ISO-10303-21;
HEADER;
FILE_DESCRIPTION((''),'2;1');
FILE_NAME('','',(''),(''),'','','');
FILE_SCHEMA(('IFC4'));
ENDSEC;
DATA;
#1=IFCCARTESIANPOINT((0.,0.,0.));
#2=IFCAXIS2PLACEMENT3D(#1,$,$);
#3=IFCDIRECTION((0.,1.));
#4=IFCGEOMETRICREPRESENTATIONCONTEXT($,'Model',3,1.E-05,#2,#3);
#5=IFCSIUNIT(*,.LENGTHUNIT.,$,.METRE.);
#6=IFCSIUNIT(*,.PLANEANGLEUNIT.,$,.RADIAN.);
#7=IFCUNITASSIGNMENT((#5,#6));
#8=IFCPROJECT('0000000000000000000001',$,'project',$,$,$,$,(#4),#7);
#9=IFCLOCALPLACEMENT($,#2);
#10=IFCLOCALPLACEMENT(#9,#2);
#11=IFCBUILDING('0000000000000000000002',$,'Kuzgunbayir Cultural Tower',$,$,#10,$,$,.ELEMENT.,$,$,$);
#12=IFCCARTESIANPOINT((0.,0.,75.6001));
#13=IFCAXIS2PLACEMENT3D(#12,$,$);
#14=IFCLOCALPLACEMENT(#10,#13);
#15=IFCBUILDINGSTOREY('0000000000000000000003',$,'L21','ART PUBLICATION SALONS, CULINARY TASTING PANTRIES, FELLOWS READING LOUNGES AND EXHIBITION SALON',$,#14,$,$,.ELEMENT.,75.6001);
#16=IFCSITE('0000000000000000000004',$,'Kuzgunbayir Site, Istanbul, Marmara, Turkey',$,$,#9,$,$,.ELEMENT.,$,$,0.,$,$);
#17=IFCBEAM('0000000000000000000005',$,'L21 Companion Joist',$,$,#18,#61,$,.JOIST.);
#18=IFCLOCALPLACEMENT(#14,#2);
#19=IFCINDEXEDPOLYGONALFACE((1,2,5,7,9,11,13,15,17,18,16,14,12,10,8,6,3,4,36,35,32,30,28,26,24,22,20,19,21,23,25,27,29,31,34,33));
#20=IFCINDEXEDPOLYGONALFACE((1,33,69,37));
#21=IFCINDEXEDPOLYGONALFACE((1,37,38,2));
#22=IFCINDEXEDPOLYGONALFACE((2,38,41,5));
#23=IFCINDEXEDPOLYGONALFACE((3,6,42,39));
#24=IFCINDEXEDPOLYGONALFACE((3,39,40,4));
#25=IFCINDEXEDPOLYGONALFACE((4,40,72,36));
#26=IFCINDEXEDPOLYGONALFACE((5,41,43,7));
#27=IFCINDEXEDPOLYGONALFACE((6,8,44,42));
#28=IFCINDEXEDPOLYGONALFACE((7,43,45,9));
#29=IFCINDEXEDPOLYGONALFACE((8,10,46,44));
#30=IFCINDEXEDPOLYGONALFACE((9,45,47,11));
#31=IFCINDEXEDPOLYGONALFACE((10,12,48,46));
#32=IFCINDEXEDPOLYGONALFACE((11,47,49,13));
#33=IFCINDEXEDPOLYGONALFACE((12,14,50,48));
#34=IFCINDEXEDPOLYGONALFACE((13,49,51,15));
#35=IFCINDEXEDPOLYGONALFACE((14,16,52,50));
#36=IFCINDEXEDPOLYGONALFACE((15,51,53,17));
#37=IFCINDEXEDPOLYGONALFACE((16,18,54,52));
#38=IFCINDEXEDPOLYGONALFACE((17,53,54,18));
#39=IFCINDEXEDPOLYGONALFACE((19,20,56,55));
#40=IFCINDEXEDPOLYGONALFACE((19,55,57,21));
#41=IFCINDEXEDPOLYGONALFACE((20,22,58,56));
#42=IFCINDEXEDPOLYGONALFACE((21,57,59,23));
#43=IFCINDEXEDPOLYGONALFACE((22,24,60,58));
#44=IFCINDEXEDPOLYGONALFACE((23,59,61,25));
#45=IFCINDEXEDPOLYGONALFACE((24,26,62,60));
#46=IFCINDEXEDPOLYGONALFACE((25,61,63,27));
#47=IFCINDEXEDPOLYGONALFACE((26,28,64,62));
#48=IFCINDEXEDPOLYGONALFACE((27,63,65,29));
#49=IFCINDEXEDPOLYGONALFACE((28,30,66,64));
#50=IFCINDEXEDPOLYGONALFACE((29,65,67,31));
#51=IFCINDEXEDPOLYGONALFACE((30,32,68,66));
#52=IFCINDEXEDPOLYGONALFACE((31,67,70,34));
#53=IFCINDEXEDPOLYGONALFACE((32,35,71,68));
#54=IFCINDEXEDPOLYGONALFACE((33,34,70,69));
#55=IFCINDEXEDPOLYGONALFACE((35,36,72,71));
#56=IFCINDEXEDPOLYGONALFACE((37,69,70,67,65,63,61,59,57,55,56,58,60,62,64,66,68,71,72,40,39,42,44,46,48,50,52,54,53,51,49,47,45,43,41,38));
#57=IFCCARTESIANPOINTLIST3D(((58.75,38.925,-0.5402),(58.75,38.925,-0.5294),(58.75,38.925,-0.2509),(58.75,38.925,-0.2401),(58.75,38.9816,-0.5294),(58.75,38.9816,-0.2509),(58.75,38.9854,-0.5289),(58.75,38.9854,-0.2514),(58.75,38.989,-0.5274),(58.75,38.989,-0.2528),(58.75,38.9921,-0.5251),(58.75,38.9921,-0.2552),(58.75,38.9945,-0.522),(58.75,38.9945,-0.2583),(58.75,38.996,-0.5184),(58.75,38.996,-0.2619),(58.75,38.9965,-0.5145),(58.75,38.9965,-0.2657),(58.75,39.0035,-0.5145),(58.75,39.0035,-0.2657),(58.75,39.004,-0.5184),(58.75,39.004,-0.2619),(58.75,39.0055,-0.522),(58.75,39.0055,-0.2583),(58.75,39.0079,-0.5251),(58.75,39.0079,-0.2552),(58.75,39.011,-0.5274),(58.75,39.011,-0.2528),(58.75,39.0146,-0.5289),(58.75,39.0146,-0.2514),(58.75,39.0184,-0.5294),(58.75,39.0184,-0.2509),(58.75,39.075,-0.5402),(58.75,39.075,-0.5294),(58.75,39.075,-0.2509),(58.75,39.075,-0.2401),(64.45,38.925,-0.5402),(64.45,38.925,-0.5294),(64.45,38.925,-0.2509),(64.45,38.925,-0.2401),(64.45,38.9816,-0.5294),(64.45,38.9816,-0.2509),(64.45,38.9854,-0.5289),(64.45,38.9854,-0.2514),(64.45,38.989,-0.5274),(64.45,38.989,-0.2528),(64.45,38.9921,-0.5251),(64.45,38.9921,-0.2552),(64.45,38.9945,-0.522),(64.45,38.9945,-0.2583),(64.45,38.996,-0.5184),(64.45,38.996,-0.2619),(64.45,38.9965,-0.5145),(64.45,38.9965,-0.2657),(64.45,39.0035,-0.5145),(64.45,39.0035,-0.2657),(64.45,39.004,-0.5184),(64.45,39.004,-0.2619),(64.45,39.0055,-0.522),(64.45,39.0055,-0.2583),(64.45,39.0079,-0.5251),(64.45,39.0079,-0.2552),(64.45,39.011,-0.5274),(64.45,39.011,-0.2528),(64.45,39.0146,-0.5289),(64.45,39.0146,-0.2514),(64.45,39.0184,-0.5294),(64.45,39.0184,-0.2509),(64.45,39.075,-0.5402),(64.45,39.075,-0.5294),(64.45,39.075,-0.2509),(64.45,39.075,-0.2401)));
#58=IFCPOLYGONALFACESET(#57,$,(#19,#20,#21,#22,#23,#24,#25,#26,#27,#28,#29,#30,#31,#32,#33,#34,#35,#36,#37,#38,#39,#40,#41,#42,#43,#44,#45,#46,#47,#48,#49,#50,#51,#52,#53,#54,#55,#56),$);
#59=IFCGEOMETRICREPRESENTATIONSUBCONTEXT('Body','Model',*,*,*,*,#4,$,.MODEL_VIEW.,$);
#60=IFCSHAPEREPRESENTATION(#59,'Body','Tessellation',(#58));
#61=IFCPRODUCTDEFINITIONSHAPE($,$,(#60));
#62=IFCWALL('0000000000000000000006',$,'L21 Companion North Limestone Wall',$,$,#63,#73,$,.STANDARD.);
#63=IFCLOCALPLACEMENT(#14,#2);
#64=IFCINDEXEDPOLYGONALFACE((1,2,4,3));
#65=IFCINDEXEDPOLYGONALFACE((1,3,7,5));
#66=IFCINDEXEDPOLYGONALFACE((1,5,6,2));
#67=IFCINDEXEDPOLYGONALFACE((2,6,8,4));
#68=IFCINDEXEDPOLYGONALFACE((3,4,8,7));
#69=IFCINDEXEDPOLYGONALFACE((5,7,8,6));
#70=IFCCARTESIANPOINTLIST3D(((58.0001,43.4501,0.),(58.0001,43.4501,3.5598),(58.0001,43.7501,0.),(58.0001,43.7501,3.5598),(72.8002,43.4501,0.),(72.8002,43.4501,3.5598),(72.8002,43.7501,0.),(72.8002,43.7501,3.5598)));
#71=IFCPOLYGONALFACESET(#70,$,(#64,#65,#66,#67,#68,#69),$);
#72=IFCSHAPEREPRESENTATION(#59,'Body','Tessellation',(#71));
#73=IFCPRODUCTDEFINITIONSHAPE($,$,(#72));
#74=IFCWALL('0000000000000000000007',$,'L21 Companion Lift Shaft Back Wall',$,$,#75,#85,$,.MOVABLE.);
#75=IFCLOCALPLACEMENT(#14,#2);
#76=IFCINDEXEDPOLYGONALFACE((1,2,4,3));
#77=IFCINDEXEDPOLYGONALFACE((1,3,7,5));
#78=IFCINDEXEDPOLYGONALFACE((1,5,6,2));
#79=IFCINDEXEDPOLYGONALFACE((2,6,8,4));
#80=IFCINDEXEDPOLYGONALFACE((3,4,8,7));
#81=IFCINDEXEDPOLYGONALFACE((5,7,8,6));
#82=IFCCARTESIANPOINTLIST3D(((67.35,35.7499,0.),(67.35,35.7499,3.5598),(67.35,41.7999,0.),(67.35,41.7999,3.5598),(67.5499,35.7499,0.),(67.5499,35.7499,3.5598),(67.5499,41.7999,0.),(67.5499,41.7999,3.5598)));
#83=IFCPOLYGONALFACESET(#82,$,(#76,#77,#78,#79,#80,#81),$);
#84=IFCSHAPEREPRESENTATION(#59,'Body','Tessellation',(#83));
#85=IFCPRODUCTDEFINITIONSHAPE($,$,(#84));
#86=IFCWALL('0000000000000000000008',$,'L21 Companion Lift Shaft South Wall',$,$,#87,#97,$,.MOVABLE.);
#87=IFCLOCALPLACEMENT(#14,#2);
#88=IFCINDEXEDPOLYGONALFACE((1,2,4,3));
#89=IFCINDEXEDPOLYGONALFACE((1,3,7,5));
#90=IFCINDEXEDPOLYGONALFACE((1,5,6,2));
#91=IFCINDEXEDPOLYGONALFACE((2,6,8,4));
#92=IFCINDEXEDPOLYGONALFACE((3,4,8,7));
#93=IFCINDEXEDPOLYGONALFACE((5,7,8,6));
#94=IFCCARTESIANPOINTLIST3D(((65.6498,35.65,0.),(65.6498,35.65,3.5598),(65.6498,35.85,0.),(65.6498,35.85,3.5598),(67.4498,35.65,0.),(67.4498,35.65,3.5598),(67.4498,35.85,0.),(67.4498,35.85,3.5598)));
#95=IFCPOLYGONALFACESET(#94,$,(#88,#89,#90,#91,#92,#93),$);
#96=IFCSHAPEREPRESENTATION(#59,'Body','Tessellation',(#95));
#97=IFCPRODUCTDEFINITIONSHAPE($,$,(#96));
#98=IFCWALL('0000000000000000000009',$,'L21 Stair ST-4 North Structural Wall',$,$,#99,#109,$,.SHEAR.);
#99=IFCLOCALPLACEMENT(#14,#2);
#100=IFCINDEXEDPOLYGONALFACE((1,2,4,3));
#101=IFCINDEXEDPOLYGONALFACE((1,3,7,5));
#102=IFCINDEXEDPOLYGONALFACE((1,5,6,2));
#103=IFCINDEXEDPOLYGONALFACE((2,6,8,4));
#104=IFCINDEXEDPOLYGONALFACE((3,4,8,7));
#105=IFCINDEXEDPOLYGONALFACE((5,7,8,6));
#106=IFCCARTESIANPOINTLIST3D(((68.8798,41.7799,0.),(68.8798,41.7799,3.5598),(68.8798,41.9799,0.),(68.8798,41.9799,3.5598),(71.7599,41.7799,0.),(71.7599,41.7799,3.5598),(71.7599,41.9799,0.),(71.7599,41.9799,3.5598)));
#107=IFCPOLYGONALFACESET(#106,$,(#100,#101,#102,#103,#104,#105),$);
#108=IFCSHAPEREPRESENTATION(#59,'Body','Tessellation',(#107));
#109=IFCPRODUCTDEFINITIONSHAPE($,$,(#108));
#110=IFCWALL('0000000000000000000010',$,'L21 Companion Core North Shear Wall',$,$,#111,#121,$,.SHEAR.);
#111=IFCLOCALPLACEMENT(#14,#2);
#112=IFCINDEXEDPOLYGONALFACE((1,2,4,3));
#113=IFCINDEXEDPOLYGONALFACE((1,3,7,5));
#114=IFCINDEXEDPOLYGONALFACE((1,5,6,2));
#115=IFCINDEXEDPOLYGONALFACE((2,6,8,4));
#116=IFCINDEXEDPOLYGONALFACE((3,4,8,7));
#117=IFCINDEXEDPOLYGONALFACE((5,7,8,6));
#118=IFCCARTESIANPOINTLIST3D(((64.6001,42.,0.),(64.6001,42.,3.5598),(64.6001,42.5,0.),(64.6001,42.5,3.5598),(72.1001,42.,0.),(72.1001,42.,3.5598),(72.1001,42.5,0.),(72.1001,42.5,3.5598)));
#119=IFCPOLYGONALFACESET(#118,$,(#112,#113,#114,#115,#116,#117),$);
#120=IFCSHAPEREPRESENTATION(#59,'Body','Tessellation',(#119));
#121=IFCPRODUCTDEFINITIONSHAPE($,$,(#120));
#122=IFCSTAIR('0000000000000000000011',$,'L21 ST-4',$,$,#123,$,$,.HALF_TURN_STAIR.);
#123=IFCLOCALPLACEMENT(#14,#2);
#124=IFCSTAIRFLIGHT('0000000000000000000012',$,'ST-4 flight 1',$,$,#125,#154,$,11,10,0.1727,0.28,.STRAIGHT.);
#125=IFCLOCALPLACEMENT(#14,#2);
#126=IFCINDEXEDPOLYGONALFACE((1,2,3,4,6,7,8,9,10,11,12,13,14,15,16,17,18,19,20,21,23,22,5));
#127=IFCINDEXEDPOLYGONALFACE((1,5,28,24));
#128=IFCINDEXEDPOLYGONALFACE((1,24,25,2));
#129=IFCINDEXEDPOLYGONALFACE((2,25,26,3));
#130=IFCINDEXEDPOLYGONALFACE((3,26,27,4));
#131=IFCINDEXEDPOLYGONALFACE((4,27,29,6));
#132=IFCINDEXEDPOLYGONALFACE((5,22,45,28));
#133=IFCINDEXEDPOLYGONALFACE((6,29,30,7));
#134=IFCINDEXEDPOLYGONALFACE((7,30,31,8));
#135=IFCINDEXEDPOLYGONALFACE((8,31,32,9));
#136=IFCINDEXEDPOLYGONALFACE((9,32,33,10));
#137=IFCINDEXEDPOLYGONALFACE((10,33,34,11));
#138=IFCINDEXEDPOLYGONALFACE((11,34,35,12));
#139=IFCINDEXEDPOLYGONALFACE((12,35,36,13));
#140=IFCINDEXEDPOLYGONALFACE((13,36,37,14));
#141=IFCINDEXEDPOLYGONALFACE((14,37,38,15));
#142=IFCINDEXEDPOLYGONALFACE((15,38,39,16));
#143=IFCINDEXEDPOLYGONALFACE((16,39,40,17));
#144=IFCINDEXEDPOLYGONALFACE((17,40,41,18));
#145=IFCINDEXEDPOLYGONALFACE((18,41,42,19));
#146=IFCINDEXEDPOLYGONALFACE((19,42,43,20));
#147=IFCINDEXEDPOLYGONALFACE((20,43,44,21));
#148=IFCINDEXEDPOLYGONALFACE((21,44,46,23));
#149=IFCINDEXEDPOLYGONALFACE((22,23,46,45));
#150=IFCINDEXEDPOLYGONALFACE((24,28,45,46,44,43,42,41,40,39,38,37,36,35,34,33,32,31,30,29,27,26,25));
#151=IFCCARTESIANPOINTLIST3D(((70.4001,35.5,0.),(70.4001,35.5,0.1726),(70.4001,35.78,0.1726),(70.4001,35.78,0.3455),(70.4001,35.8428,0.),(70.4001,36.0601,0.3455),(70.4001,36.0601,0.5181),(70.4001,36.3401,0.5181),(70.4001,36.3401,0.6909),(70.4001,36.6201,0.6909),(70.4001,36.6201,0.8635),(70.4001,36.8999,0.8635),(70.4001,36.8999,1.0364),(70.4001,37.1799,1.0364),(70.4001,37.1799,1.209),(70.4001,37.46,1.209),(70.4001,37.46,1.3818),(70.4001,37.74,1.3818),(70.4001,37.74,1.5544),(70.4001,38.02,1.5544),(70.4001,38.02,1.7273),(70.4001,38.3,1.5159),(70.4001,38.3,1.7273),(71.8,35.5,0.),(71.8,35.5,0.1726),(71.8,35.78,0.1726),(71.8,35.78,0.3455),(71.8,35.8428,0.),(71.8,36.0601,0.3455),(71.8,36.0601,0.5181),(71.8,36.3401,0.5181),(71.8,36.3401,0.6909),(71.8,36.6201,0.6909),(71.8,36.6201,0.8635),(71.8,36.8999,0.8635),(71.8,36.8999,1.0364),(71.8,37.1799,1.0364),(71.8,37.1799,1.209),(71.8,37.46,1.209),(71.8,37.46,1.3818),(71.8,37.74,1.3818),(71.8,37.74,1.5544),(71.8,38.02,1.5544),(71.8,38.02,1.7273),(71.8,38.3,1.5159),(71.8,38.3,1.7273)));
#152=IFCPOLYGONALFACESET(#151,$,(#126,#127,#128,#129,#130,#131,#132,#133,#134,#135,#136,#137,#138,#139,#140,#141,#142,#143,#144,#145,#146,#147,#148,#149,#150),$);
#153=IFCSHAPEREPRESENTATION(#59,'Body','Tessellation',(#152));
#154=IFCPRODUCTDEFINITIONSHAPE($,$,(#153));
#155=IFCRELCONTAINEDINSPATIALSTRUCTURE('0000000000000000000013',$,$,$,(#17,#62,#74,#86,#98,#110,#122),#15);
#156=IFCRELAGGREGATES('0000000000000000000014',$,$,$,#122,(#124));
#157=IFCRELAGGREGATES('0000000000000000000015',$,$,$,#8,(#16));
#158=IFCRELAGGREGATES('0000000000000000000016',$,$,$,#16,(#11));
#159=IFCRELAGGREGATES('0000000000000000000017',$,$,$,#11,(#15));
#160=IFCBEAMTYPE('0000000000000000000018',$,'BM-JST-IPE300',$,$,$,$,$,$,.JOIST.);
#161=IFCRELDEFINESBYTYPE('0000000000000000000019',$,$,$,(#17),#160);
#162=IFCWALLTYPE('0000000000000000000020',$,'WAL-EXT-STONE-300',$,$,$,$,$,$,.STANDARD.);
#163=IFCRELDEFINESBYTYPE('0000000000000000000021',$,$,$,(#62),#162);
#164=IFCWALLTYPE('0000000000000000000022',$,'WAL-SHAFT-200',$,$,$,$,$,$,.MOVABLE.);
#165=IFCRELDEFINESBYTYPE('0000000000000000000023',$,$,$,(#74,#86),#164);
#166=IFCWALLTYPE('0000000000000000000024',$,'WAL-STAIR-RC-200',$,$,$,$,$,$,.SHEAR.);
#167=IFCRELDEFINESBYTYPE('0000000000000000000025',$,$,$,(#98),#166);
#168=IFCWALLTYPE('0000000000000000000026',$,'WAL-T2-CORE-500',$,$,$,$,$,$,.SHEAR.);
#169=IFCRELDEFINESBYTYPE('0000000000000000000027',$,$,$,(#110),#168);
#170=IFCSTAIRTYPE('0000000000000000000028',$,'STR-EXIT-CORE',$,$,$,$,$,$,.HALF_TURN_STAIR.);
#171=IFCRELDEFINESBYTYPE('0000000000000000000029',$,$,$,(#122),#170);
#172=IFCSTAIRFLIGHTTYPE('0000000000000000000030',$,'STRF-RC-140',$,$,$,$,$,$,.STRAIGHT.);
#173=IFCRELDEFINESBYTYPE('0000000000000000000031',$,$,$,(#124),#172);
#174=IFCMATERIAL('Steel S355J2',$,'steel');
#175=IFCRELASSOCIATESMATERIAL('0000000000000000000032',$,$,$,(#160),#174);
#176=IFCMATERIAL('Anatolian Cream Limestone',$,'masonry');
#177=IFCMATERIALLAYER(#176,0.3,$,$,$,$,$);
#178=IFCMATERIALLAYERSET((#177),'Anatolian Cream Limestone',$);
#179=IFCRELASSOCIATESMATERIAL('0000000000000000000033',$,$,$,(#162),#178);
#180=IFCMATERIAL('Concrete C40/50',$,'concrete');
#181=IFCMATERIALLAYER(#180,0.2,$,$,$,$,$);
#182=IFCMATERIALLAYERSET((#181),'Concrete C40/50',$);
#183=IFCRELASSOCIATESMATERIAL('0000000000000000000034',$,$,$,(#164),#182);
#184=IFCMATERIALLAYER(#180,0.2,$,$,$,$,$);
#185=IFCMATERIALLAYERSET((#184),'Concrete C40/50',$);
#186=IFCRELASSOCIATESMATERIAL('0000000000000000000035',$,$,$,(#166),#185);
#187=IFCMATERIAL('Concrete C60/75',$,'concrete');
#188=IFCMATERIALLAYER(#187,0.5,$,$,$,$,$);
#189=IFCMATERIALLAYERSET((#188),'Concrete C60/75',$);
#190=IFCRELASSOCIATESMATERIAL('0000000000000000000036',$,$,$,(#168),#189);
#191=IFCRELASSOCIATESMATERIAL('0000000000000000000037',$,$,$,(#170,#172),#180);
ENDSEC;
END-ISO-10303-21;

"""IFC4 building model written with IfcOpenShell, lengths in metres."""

from ifc_helpers import new_model, si_unit, direction, frame, frame_2d, origin, origin_2d, place, context, subcontext, project, spatial, polyline, rectangle, i_section, outline, extrude, material, layer, layer_set, material_profile, profile_set, type_object, element, aggregate, save


model = new_model("IFC4")

# Units and contexts
model_context = context("Model", 3, precision=1e-05, world=origin(), true_north=direction((0.0, 1.0)))
body_context = subcontext(model_context, "Body", "Model", "MODEL_VIEW")
ifc_project = project(units=[si_unit("LENGTHUNIT", "METRE"), si_unit("PLANEANGLEUNIT", "RADIAN")], contexts=[model_context])

# Site, building, storey
site_placement = place(None, origin())
site = spatial("IfcSite", under=ifc_project, at=site_placement, Name="Kuzgunbayir Site, Istanbul, Marmara, Turkey", CompositionType="ELEMENT", RefElevation=0.0)
building_placement = place(site_placement, origin())
building = spatial("IfcBuilding", under=site, at=building_placement, Name="Kuzgunbayir Cultural Tower", CompositionType="ELEMENT")
storey_placement = place(building_placement, frame((0.0, 0.0, 75.6001)))
storey = spatial("IfcBuildingStorey", under=building, at=storey_placement, Name="L21", Description="ART PUBLICATION SALONS, CULINARY TASTING PANTRIES, FELLOWS READING LOUNGES AND EXHIBITION SALON", CompositionType="ELEMENT", Elevation=75.6001)

# Shared definitions
ifc_material_1 = material(Name="Concrete C60/75", Category="concrete")

# Beam
ifc_material_2 = material(Name="Steel S355J2", Category="steel")
ifc_material_profile_1 = material_profile(ifc_material_2, i_section(OverallWidth=0.1499, OverallDepth=0.3, WebThickness=0.0071, FlangeThickness=0.0107, FilletRadius=0.0149, at=origin_2d()), Name="IPE 300")
ifc_profile_set_1 = profile_set([ifc_material_profile_1], Name="Steel S355J2")
beam_type_1 = type_object("IfcBeamType", Name="BM-JST-IPE300", PredefinedType="JOIST", material=ifc_profile_set_1)
beam_1_placement = place(storey_placement, frame((58.75, 39.0, -0.3901), z_axis=(1.0, 0.0, 0.0), x_axis=(0.0, 1.0, 0.0)))
element("IfcBeam", 1, at=beam_1_placement, inside=storey, type_object=beam_type_1, Name="L21 Companion Joist", PredefinedType="JOIST", context=body_context, shape_type="SweptSolid", body=[
    extrude(i_section(OverallWidth=0.1499, OverallDepth=0.3, WebThickness=0.0071, FlangeThickness=0.0107, FilletRadius=0.0149, at=origin_2d()), origin(), (0.0, 0.0, 1.0), 5.7),
])

# Wall
ifc_material_3 = material(Name="Anatolian Cream Limestone", Category="masonry")
ifc_layer_1 = layer(ifc_material_3, 0.3)
ifc_layer_set_1 = layer_set([ifc_layer_1], Name="Anatolian Cream Limestone")
wall_type_1 = type_object("IfcWallType", Name="WAL-EXT-STONE-300", PredefinedType="STANDARD", material=ifc_layer_set_1)
wall_1_placement = place(storey_placement, frame((72.8, 43.6001, 0.0), z_axis=(0.0, 0.0, 1.0), x_axis=(-1.0, 0.0, 0.0)))
element("IfcWall", 2, at=wall_1_placement, inside=storey, type_object=wall_type_1, Name="L21 Companion North Limestone Wall", PredefinedType="STANDARD", context=body_context, shape_type="SweptSolid", body=[
    extrude(rectangle(XDim=14.8, YDim=0.3, at=frame_2d((7.3999, 0.0))), origin(), (0.0, 0.0, 1.0), 3.5598),
])

# Shared definitions
ifc_material_4 = material(Name="Concrete C40/50", Category="concrete")
ifc_layer_2 = layer(ifc_material_4, 0.2)
ifc_layer_set_2 = layer_set([ifc_layer_2], Name="Concrete C40/50")
wall_type_2 = type_object("IfcWallType", Name="WAL-SHAFT-200", PredefinedType="MOVABLE", material=ifc_layer_set_2)

# Walls
wall_2_placement = place(storey_placement, frame((67.45, 35.75, 0.0), z_axis=(0.0, 0.0, 1.0), x_axis=(0.0, 1.0, 0.0)))
element("IfcWall", 3, at=wall_2_placement, inside=storey, type_object=wall_type_2, Name="L21 Companion Lift Shaft Back Wall", PredefinedType="MOVABLE", context=body_context, shape_type="SweptSolid", body=[
    extrude(rectangle(XDim=6.05, YDim=0.2, at=frame_2d((3.0249, 0.0))), origin(), (0.0, 0.0, 1.0), 3.5598),
])
wall_3_placement = place(storey_placement, frame((65.6499, 35.75, 0.0), z_axis=(0.0, 0.0, 1.0), x_axis=(1.0, 0.0, 0.0)))
element("IfcWall", 4, at=wall_3_placement, inside=storey, type_object=wall_type_2, Name="L21 Companion Lift Shaft South Wall", PredefinedType="MOVABLE", context=body_context, shape_type="SweptSolid", body=[
    extrude(rectangle(XDim=1.8, YDim=0.2, at=frame_2d((0.8999, 0.0))), origin(), (0.0, 0.0, 1.0), 3.5598),
])
ifc_layer_3 = layer(ifc_material_4, 0.2)
ifc_layer_set_3 = layer_set([ifc_layer_3], Name="Concrete C40/50")
wall_type_3 = type_object("IfcWallType", Name="WAL-STAIR-RC-200", PredefinedType="SHEAR", material=ifc_layer_set_3)
wall_4_placement = place(storey_placement, frame((68.8799, 41.8799, 0.0), z_axis=(0.0, 0.0, 1.0), x_axis=(1.0, 0.0, 0.0)))
element("IfcWall", 5, at=wall_4_placement, inside=storey, type_object=wall_type_3, Name="L21 Stair ST-4 North Structural Wall", PredefinedType="SHEAR", context=body_context, shape_type="SweptSolid", body=[
    extrude(rectangle(XDim=2.8801, YDim=0.2, at=frame_2d((1.4399, 0.0))), origin(), (0.0, 0.0, 1.0), 3.5598),
])
ifc_layer_4 = layer(ifc_material_1, 0.5)
ifc_layer_set_4 = layer_set([ifc_layer_4], Name="Concrete C60/75")
wall_type_4 = type_object("IfcWallType", Name="WAL-T2-CORE-500", PredefinedType="SHEAR", material=ifc_layer_set_4)
wall_5_placement = place(storey_placement, frame((64.6001, 42.25, 0.0), z_axis=(0.0, 0.0, 1.0), x_axis=(1.0, 0.0, 0.0)))
element("IfcWall", 6, at=wall_5_placement, inside=storey, type_object=wall_type_4, Name="L21 Companion Core North Shear Wall", PredefinedType="SHEAR", context=body_context, shape_type="SweptSolid", body=[
    extrude(rectangle(XDim=7.5, YDim=0.5, at=frame_2d((3.75, 0.0))), origin(), (0.0, 0.0, 1.0), 3.5598),
])

# Stair, stair flight
stair_type = type_object("IfcStairType", Name="STR-EXIT-CORE", PredefinedType="HALF_TURN_STAIR", material=ifc_material_4)
stair_placement = place(storey_placement, origin())
stair = element("IfcStair", 7, at=stair_placement, inside=storey, type_object=stair_type, Name="L21 ST-4", PredefinedType="HALF_TURN_STAIR")
stair_flight_type = type_object("IfcStairFlightType", Name="STRF-RC-140", PredefinedType="STRAIGHT", material=ifc_material_4)
stair_flight_1_placement = place(storey_placement, frame((71.1001, 35.5, 0.0), z_axis=(0.0, 0.0, 1.0), x_axis=(0.0, 1.0, 0.0)))
stair_flight_1 = element("IfcStairFlight", 8, at=stair_flight_1_placement, type_object=stair_flight_type, Name="ST-4 flight 1", NumberOfRisers=11, NumberOfTreads=10, PredefinedType="STRAIGHT", RiserHeight=0.1727, TreadLength=0.28, context=body_context, shape_type="SweptSolid", body=[
    extrude(outline(polyline([(0.0, 0.0), (0.0, 0.1726), (0.28, 0.1726), (0.28, 0.3455), (0.5601, 0.3455), (0.5601, 0.5181), (0.8401, 0.5181), (0.8401, 0.6909), (1.1201, 0.6909), (1.1201, 0.8635), (1.3999, 0.8635), (1.3999, 1.0364), (1.6799, 1.0364), (1.6799, 1.209), (1.96, 1.209), (1.96, 1.3818), (2.24, 1.3818), (2.24, 1.5544), (2.52, 1.5544), (2.52, 1.7273), (2.8, 1.7273), (2.8, 1.8999), (2.8, 1.5159), (0.3428, 0.0), (0.0, 0.0)])), frame((0.0, 0.7, 0.0), z_axis=(0.0, -1.0, 0.0), x_axis=(1.0, 0.0, 0.0)), (0.0, 0.0, 1.0), 1.3999),
])
aggregate(stair, [stair_flight_1])

save(model, "model.ifc")
